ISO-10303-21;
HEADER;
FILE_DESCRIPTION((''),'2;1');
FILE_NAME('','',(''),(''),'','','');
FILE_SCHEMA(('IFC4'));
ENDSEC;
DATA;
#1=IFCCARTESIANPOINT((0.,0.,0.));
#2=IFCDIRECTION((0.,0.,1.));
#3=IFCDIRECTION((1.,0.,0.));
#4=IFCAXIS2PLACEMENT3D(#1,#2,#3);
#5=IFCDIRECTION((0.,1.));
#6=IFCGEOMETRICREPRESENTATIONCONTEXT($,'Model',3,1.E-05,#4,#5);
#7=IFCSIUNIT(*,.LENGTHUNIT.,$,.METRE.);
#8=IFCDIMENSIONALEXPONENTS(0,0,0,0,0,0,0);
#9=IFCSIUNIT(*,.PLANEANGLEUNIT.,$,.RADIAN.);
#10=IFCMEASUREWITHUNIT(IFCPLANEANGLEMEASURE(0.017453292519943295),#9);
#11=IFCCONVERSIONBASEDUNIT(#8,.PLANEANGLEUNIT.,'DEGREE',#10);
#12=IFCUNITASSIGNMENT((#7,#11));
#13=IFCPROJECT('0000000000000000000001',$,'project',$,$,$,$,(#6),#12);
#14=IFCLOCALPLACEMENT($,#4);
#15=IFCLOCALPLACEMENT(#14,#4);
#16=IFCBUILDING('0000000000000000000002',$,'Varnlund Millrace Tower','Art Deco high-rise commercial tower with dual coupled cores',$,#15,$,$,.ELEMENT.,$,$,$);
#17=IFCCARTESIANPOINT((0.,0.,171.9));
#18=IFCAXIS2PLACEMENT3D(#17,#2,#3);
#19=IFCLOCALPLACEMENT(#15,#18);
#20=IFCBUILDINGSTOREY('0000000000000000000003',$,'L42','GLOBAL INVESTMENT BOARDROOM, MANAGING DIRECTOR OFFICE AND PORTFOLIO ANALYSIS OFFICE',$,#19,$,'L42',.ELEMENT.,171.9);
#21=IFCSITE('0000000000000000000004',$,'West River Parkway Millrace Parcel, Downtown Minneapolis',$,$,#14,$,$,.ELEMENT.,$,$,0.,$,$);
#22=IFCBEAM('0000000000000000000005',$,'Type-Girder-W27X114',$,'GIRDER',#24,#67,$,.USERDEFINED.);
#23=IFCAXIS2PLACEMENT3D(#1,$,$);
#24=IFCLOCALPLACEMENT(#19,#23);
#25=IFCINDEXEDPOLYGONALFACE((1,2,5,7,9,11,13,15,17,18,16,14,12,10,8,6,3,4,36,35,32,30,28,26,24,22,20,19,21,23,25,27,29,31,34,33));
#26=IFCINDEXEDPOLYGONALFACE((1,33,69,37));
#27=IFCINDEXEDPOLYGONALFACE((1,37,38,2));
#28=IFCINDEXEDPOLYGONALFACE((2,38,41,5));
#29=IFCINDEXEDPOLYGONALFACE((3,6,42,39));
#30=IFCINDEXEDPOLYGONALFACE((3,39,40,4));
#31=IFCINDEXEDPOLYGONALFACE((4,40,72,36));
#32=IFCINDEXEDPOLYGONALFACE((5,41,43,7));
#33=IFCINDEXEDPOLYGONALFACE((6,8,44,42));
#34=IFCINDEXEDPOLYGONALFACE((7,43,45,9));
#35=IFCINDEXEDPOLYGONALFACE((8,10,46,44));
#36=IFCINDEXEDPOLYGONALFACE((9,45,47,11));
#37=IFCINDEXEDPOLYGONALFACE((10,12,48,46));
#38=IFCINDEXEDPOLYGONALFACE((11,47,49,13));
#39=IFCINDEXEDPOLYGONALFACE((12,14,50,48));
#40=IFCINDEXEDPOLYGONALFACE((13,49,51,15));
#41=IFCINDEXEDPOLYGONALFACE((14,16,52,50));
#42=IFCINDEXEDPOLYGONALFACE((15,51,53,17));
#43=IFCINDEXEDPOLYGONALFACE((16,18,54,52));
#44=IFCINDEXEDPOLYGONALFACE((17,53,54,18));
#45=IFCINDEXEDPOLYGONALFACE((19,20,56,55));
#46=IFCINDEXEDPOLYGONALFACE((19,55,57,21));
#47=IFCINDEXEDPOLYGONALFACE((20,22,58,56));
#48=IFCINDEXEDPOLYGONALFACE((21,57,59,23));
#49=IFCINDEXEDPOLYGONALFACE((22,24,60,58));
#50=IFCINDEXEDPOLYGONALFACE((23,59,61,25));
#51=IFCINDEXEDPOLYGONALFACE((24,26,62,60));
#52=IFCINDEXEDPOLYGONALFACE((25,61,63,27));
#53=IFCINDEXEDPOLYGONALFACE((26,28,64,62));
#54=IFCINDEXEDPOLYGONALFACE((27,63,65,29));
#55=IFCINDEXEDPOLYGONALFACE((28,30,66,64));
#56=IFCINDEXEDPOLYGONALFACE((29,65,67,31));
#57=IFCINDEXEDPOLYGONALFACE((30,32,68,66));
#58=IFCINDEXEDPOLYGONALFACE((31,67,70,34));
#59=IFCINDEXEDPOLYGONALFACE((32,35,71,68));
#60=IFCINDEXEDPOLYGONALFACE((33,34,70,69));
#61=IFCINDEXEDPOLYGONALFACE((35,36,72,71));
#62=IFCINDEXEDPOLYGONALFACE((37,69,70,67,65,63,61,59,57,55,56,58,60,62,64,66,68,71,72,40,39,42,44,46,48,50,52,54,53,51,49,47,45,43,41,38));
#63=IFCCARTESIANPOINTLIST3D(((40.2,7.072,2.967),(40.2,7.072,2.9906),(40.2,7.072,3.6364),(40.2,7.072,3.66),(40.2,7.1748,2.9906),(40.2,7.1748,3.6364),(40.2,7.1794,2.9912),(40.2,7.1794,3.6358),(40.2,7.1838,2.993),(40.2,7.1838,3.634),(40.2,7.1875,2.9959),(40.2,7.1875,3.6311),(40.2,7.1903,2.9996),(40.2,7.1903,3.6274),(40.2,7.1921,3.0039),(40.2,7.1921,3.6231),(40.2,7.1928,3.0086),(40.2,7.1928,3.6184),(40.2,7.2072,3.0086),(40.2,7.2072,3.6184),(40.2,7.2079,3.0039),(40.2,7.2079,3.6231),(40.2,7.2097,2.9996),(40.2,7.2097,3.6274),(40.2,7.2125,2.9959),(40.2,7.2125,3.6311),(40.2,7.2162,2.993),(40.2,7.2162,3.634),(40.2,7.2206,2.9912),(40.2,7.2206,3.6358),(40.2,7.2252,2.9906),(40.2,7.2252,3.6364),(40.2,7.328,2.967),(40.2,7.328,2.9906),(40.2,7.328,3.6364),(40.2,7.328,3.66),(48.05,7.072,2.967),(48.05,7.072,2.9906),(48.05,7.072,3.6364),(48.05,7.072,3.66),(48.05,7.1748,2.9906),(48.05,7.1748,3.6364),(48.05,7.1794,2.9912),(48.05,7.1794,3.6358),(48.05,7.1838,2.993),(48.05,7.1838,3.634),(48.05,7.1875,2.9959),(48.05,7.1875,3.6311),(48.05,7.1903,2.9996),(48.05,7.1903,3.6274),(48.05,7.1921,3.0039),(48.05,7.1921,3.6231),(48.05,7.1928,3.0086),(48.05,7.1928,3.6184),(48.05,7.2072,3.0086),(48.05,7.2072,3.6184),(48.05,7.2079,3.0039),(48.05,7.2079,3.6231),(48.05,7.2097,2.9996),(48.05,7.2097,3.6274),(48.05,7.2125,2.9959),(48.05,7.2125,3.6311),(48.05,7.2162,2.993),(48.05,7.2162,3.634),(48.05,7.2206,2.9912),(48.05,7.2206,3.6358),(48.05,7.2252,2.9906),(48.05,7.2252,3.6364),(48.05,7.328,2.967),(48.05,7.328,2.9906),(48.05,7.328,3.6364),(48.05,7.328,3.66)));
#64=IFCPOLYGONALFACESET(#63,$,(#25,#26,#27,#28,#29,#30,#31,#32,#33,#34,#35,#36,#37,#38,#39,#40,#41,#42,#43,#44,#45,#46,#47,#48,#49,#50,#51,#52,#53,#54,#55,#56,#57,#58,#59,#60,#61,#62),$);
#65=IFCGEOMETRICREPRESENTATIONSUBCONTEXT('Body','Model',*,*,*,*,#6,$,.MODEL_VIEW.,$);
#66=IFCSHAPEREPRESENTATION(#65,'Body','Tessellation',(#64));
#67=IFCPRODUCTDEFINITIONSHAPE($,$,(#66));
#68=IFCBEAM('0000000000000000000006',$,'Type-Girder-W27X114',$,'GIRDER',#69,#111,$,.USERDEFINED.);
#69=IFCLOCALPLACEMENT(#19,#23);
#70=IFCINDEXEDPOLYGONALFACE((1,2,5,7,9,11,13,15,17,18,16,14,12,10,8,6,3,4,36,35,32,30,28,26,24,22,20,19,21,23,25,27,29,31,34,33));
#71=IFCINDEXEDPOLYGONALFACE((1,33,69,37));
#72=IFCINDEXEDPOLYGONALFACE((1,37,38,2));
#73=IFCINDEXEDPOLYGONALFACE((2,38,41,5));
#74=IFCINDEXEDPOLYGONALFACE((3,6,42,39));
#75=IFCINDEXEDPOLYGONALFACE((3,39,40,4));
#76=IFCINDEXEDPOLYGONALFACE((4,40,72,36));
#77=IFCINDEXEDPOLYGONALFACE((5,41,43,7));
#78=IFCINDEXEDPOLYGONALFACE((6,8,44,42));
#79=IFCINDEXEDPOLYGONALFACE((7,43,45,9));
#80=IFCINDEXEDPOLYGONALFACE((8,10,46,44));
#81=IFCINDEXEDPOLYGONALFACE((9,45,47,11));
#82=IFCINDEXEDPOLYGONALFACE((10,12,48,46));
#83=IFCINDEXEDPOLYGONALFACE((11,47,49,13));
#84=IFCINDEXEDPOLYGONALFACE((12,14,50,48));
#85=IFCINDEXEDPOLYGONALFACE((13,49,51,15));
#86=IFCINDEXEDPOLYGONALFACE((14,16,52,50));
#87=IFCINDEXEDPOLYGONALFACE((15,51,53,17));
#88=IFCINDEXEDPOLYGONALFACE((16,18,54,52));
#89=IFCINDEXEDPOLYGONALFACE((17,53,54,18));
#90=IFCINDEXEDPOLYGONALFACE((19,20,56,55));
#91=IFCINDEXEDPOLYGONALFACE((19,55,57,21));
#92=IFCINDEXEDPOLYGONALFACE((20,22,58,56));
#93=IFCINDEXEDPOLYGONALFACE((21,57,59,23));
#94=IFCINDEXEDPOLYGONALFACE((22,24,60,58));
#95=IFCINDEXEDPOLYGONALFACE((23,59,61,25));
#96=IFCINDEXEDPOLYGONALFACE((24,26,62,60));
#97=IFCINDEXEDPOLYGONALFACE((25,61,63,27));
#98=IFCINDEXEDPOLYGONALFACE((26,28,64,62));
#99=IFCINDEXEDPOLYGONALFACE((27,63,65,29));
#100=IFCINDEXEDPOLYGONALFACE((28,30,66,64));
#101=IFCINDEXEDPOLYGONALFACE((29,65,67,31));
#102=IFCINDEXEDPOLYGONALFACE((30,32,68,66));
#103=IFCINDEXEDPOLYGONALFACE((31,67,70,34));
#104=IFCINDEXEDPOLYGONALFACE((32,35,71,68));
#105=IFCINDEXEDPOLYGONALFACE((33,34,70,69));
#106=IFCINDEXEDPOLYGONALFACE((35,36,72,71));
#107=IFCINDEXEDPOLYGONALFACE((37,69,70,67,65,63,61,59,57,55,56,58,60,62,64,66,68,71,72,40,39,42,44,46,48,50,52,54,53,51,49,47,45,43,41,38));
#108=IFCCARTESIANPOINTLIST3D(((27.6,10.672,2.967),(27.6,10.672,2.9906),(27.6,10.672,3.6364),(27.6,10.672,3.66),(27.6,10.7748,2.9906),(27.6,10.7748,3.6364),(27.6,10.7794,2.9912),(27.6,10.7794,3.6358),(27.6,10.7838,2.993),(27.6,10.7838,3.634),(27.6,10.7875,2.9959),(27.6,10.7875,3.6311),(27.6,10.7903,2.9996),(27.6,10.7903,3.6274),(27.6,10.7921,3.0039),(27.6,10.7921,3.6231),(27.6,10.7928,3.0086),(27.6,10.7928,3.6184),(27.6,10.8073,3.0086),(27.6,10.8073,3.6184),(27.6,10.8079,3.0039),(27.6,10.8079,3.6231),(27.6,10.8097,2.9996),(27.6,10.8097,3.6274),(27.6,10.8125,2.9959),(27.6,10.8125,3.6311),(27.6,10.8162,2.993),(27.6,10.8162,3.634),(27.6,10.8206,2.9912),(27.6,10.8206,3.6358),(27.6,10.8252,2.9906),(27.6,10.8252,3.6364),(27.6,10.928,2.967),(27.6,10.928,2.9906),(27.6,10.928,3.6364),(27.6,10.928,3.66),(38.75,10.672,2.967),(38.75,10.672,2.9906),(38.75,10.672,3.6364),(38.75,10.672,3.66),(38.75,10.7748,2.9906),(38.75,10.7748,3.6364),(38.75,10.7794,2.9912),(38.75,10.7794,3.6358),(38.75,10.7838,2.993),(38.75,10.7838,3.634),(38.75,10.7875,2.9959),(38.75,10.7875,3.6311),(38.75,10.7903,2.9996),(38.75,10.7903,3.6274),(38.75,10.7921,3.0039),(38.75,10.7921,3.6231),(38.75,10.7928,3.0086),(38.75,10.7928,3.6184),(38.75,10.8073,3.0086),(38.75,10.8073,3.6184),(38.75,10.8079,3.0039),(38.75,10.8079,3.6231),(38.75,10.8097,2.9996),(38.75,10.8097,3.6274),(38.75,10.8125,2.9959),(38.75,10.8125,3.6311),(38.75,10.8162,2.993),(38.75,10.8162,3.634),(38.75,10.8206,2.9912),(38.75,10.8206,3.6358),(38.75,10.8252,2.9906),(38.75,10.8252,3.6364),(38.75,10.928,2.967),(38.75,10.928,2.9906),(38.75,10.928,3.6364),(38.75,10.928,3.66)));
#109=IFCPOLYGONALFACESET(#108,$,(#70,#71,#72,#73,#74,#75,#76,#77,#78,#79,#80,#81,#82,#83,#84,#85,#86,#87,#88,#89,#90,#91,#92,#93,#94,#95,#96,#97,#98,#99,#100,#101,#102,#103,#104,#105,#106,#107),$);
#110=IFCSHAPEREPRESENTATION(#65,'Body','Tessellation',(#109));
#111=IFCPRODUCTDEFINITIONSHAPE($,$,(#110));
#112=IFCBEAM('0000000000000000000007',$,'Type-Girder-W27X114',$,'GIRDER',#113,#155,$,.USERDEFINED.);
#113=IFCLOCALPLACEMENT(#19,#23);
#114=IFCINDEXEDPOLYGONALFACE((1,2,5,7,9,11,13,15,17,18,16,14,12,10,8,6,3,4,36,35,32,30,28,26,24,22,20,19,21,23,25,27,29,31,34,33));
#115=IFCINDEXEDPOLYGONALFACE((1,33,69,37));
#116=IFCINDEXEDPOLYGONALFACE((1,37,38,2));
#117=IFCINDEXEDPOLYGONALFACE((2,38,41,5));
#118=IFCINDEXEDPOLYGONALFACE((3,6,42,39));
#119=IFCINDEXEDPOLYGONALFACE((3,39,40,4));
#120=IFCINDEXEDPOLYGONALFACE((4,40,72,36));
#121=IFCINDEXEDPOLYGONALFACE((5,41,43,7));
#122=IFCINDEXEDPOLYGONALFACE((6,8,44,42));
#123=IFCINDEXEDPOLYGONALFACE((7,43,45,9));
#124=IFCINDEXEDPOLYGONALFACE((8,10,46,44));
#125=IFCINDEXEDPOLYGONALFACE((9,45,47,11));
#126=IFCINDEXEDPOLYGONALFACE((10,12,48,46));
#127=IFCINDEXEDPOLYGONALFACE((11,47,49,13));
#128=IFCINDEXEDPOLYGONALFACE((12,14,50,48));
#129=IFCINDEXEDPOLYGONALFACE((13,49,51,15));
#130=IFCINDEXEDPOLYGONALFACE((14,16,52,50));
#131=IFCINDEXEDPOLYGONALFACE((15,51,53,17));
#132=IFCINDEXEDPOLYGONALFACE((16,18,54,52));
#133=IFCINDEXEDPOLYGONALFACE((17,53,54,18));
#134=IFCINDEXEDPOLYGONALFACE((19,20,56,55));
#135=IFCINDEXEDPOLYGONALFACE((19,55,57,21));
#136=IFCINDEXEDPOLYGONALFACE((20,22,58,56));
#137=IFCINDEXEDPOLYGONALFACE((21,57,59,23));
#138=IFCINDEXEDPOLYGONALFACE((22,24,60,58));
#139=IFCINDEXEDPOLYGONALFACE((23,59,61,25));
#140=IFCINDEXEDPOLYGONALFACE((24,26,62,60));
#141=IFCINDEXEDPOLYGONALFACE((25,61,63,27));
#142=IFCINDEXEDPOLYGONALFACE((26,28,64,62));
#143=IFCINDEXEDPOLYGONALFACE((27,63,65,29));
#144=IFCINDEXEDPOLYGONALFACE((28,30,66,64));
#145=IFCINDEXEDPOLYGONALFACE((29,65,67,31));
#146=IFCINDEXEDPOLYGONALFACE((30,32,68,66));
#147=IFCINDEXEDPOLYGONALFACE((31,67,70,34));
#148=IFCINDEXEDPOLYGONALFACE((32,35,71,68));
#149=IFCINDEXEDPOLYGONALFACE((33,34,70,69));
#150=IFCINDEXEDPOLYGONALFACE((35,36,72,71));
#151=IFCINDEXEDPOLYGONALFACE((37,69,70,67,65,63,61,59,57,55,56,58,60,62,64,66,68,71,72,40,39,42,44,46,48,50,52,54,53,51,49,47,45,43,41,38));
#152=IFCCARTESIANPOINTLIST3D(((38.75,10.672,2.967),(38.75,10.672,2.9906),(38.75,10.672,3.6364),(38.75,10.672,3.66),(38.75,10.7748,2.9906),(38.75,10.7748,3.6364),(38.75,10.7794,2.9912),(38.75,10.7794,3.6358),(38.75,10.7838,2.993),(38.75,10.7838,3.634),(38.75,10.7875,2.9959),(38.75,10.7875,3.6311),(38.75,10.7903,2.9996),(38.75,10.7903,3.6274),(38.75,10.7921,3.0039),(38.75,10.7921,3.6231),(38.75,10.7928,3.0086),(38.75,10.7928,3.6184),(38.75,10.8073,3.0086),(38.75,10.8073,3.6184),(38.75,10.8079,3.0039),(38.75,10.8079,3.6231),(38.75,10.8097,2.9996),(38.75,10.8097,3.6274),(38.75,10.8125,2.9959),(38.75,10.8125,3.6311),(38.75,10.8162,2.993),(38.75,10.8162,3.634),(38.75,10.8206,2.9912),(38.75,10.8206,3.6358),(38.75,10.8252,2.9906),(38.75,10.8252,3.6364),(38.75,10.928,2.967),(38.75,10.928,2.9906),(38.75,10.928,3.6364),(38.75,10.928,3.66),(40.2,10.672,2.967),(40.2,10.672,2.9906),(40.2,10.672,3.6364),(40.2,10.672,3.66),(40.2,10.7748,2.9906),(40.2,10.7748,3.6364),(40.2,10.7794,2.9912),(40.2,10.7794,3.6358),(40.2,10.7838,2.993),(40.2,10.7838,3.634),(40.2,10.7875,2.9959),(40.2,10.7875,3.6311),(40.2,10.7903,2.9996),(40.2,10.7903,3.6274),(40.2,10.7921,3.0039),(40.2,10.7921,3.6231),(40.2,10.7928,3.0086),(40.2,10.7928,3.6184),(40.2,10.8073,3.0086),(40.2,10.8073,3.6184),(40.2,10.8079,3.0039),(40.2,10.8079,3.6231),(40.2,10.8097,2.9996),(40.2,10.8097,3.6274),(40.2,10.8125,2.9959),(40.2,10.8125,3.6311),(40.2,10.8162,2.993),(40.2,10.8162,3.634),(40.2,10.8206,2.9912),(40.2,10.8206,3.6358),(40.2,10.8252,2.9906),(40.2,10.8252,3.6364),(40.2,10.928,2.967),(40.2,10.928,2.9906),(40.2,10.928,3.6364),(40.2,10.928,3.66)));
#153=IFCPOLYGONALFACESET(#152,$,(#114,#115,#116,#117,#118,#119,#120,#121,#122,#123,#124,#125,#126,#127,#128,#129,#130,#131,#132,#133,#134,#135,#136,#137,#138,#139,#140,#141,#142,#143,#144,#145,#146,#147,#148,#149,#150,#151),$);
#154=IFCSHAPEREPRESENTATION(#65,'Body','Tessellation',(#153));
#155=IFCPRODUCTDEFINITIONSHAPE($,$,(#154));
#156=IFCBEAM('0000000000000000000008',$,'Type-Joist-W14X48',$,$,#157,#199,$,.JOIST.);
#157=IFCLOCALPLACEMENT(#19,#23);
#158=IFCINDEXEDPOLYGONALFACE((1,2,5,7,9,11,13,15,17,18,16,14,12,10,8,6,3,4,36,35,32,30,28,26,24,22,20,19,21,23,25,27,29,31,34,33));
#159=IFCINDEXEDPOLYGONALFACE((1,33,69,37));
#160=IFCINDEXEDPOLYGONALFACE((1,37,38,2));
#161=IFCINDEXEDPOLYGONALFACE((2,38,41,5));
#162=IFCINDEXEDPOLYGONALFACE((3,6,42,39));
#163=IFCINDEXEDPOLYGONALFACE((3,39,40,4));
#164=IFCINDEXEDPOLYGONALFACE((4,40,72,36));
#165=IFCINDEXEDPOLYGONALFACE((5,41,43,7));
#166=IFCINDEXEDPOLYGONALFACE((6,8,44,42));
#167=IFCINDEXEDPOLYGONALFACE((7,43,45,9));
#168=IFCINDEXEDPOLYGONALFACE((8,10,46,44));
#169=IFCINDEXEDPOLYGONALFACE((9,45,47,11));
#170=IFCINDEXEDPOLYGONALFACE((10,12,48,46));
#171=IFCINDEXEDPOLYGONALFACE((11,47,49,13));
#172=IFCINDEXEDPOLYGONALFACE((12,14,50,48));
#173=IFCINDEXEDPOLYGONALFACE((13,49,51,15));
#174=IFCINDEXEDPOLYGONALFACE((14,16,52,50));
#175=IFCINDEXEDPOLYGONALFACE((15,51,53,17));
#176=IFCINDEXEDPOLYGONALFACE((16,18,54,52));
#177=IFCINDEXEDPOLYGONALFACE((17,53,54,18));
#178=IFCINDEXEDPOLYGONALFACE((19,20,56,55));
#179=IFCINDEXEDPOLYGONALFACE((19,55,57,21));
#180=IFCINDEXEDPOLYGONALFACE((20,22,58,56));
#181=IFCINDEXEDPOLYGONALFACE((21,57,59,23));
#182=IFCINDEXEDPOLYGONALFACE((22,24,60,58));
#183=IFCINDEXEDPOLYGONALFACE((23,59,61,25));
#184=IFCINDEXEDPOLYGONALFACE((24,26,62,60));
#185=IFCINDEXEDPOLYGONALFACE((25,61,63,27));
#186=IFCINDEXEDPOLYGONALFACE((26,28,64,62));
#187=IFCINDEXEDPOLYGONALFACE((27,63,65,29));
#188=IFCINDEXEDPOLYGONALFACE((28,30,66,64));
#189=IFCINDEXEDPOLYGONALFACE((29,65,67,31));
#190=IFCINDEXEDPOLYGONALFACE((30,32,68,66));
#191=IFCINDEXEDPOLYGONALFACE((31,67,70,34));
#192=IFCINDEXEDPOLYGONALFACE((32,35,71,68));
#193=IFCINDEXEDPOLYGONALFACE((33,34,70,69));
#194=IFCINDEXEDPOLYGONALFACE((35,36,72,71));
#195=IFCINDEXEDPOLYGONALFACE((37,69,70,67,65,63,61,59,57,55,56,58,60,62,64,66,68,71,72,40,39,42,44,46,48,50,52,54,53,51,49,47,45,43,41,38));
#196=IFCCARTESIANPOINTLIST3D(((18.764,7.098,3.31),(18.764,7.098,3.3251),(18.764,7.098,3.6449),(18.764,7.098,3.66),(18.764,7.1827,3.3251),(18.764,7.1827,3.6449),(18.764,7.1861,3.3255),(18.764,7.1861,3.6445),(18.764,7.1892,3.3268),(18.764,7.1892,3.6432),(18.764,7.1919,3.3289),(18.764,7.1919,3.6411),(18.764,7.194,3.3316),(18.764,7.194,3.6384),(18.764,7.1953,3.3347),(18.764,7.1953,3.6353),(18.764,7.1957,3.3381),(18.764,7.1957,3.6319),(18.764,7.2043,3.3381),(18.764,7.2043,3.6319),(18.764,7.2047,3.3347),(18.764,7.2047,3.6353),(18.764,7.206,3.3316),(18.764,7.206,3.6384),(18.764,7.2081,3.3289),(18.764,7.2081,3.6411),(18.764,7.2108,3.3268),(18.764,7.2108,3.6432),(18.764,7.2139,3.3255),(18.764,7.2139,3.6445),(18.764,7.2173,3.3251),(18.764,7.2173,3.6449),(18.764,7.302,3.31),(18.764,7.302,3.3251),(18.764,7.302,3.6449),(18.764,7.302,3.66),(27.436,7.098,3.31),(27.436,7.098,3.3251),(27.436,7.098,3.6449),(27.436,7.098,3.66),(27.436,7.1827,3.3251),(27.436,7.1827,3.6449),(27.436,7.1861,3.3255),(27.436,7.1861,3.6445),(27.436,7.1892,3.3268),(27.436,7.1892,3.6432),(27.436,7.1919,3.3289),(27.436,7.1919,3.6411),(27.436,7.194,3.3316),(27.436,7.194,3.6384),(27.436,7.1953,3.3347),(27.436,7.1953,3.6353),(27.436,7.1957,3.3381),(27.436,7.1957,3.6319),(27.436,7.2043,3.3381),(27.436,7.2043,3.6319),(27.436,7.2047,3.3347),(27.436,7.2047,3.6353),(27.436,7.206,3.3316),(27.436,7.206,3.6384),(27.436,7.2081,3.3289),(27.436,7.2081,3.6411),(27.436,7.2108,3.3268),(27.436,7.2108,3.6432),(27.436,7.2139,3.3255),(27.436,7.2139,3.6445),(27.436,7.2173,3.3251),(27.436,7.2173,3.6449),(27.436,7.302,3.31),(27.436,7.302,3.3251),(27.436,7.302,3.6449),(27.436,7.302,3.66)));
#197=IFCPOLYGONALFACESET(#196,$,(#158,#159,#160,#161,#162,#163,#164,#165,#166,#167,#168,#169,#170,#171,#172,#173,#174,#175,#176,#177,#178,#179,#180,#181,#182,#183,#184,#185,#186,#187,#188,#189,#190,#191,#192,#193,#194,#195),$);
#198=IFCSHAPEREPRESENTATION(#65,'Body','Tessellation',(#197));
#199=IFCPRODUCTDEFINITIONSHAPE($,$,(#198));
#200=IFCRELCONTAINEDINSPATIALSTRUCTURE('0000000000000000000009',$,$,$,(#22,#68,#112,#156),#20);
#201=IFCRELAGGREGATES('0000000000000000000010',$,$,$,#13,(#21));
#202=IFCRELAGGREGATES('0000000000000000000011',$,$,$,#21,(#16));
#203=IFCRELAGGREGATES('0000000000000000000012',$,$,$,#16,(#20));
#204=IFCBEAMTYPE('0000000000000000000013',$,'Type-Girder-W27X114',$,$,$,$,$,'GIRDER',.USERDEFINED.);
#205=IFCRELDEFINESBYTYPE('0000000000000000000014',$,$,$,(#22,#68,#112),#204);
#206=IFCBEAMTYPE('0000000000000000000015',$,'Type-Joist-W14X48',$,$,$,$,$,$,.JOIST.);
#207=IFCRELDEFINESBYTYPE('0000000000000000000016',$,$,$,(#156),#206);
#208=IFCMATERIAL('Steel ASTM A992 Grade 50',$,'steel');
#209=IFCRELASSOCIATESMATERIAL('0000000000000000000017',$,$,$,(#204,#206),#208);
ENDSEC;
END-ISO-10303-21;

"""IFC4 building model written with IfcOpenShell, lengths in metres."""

from ifc_helpers import new_model, entity, si_unit, converted_unit, direction, frame, origin_with_axes, origin_2d_with_axis, place, context, subcontext, project, spatial, i_section, extrude, material, material_profile, profile_set, type_object, element, save


model = new_model("IFC4")

# Units and contexts
model_context = context("Model", 3, precision=1e-05, world=origin_with_axes(), true_north=direction((0.0, 1.0)))
body_context = subcontext(model_context, "Body", "Model", "MODEL_VIEW")
ifc_project = project(units=[si_unit("LENGTHUNIT", "METRE"), converted_unit("PLANEANGLEUNIT", "DEGREE", entity("IfcPlaneAngleMeasure", 0.017453292519943295), si_unit("PLANEANGLEUNIT", "RADIAN"), dimensions=[0, 0, 0, 0, 0, 0, 0])], contexts=[model_context])

# Site, building, storey
site_placement = place(None, origin_with_axes())
site = spatial("IfcSite", under=ifc_project, at=site_placement, Name="West River Parkway Millrace Parcel, Downtown Minneapolis", CompositionType="ELEMENT", RefElevation=0.0)
building_placement = place(site_placement, origin_with_axes())
building = spatial("IfcBuilding", under=site, at=building_placement, Name="Varnlund Millrace Tower", Description="Art Deco high-rise commercial tower with dual coupled cores", CompositionType="ELEMENT")
storey_placement = place(building_placement, frame((0.0, 0.0, 171.9), z_axis=(0.0, 0.0, 1.0), x_axis=(1.0, 0.0, 0.0)))
storey = spatial("IfcBuildingStorey", under=building, at=storey_placement, Name="L42", Description="GLOBAL INVESTMENT BOARDROOM, MANAGING DIRECTOR OFFICE AND PORTFOLIO ANALYSIS OFFICE", LongName="L42", CompositionType="ELEMENT", Elevation=171.9)

# Beams
ifc_material_1 = material(Name="Steel ASTM A992 Grade 50", Category="steel")
ifc_material_profile_1 = material_profile(ifc_material_1, i_section(OverallWidth=0.256, OverallDepth=0.693, WebThickness=0.0145, FlangeThickness=0.0236, FilletRadius=0.018, at=origin_2d_with_axis()), Name="Steel ASTM A992 Grade 50")
ifc_profile_set_1 = profile_set([ifc_material_profile_1], Name="Steel ASTM A992 Grade 50")
beam_type_1 = type_object("IfcBeamType", Name="Type-Girder-W27X114", ElementType="GIRDER", PredefinedType="USERDEFINED", material=ifc_profile_set_1)
beam_1_placement = place(storey_placement, frame((40.2, 7.2, 3.3135), z_axis=(1.0, 0.0, 0.0), x_axis=(0.0, 1.0, 0.0)))
element("IfcBeam", 1, at=beam_1_placement, inside=storey, type_object=beam_type_1, Name="Type-Girder-W27X114", ObjectType="GIRDER", PredefinedType="USERDEFINED", context=body_context, shape_type="SweptSolid", body=[
    extrude(i_section(OverallWidth=0.256, OverallDepth=0.693, WebThickness=0.0145, FlangeThickness=0.0236, FilletRadius=0.018, at=origin_2d_with_axis()), origin_with_axes(), (0.0, 0.0, 1.0), 7.85),
])
beam_2_placement = place(storey_placement, frame((27.6, 10.8, 3.3135), z_axis=(1.0, 0.0, 0.0), x_axis=(0.0, 1.0, 0.0)))
element("IfcBeam", 2, at=beam_2_placement, inside=storey, type_object=beam_type_1, Name="Type-Girder-W27X114", ObjectType="GIRDER", PredefinedType="USERDEFINED", context=body_context, shape_type="SweptSolid", body=[
    extrude(i_section(OverallWidth=0.256, OverallDepth=0.693, WebThickness=0.0145, FlangeThickness=0.0236, FilletRadius=0.018, at=origin_2d_with_axis()), origin_with_axes(), (0.0, 0.0, 1.0), 11.15),
])
beam_3_placement = place(storey_placement, frame((38.75, 10.8, 3.3135), z_axis=(1.0, 0.0, 0.0), x_axis=(0.0, 1.0, 0.0)))
element("IfcBeam", 3, at=beam_3_placement, inside=storey, type_object=beam_type_1, Name="Type-Girder-W27X114", ObjectType="GIRDER", PredefinedType="USERDEFINED", context=body_context, shape_type="SweptSolid", body=[
    extrude(i_section(OverallWidth=0.256, OverallDepth=0.693, WebThickness=0.0145, FlangeThickness=0.0236, FilletRadius=0.018, at=origin_2d_with_axis()), origin_with_axes(), (0.0, 0.0, 1.0), 1.45),
])
ifc_material_profile_2 = material_profile(ifc_material_1, i_section(OverallWidth=0.204, OverallDepth=0.35, WebThickness=0.0086, FlangeThickness=0.0151, FilletRadius=0.013, at=origin_2d_with_axis()), Name="Steel ASTM A992 Grade 50")
ifc_profile_set_2 = profile_set([ifc_material_profile_2], Name="Steel ASTM A992 Grade 50")
beam_type_2 = type_object("IfcBeamType", Name="Type-Joist-W14X48", PredefinedType="JOIST", material=ifc_profile_set_2)
for number, where, z_axis, x_axis, name in (
    (4, (18.764, 7.2, 3.485), (1.0, 0.0, 0.0), (0.0, 1.0, 0.0), "Type-Joist-W14X48"),
):
    element("IfcBeam", number, at=place(storey_placement, frame(where, z_axis=z_axis, x_axis=x_axis)), inside=storey, type_object=beam_type_2, Name=name, PredefinedType="JOIST", context=body_context, shape_type="SweptSolid", body=[
        extrude(i_section(OverallWidth=0.204, OverallDepth=0.35, WebThickness=0.0086, FlangeThickness=0.0151, FilletRadius=0.013, at=origin_2d_with_axis()), origin_with_axes(), (0.0, 0.0, 1.0), 8.672),
    ])

save(model, "model.ifc")
